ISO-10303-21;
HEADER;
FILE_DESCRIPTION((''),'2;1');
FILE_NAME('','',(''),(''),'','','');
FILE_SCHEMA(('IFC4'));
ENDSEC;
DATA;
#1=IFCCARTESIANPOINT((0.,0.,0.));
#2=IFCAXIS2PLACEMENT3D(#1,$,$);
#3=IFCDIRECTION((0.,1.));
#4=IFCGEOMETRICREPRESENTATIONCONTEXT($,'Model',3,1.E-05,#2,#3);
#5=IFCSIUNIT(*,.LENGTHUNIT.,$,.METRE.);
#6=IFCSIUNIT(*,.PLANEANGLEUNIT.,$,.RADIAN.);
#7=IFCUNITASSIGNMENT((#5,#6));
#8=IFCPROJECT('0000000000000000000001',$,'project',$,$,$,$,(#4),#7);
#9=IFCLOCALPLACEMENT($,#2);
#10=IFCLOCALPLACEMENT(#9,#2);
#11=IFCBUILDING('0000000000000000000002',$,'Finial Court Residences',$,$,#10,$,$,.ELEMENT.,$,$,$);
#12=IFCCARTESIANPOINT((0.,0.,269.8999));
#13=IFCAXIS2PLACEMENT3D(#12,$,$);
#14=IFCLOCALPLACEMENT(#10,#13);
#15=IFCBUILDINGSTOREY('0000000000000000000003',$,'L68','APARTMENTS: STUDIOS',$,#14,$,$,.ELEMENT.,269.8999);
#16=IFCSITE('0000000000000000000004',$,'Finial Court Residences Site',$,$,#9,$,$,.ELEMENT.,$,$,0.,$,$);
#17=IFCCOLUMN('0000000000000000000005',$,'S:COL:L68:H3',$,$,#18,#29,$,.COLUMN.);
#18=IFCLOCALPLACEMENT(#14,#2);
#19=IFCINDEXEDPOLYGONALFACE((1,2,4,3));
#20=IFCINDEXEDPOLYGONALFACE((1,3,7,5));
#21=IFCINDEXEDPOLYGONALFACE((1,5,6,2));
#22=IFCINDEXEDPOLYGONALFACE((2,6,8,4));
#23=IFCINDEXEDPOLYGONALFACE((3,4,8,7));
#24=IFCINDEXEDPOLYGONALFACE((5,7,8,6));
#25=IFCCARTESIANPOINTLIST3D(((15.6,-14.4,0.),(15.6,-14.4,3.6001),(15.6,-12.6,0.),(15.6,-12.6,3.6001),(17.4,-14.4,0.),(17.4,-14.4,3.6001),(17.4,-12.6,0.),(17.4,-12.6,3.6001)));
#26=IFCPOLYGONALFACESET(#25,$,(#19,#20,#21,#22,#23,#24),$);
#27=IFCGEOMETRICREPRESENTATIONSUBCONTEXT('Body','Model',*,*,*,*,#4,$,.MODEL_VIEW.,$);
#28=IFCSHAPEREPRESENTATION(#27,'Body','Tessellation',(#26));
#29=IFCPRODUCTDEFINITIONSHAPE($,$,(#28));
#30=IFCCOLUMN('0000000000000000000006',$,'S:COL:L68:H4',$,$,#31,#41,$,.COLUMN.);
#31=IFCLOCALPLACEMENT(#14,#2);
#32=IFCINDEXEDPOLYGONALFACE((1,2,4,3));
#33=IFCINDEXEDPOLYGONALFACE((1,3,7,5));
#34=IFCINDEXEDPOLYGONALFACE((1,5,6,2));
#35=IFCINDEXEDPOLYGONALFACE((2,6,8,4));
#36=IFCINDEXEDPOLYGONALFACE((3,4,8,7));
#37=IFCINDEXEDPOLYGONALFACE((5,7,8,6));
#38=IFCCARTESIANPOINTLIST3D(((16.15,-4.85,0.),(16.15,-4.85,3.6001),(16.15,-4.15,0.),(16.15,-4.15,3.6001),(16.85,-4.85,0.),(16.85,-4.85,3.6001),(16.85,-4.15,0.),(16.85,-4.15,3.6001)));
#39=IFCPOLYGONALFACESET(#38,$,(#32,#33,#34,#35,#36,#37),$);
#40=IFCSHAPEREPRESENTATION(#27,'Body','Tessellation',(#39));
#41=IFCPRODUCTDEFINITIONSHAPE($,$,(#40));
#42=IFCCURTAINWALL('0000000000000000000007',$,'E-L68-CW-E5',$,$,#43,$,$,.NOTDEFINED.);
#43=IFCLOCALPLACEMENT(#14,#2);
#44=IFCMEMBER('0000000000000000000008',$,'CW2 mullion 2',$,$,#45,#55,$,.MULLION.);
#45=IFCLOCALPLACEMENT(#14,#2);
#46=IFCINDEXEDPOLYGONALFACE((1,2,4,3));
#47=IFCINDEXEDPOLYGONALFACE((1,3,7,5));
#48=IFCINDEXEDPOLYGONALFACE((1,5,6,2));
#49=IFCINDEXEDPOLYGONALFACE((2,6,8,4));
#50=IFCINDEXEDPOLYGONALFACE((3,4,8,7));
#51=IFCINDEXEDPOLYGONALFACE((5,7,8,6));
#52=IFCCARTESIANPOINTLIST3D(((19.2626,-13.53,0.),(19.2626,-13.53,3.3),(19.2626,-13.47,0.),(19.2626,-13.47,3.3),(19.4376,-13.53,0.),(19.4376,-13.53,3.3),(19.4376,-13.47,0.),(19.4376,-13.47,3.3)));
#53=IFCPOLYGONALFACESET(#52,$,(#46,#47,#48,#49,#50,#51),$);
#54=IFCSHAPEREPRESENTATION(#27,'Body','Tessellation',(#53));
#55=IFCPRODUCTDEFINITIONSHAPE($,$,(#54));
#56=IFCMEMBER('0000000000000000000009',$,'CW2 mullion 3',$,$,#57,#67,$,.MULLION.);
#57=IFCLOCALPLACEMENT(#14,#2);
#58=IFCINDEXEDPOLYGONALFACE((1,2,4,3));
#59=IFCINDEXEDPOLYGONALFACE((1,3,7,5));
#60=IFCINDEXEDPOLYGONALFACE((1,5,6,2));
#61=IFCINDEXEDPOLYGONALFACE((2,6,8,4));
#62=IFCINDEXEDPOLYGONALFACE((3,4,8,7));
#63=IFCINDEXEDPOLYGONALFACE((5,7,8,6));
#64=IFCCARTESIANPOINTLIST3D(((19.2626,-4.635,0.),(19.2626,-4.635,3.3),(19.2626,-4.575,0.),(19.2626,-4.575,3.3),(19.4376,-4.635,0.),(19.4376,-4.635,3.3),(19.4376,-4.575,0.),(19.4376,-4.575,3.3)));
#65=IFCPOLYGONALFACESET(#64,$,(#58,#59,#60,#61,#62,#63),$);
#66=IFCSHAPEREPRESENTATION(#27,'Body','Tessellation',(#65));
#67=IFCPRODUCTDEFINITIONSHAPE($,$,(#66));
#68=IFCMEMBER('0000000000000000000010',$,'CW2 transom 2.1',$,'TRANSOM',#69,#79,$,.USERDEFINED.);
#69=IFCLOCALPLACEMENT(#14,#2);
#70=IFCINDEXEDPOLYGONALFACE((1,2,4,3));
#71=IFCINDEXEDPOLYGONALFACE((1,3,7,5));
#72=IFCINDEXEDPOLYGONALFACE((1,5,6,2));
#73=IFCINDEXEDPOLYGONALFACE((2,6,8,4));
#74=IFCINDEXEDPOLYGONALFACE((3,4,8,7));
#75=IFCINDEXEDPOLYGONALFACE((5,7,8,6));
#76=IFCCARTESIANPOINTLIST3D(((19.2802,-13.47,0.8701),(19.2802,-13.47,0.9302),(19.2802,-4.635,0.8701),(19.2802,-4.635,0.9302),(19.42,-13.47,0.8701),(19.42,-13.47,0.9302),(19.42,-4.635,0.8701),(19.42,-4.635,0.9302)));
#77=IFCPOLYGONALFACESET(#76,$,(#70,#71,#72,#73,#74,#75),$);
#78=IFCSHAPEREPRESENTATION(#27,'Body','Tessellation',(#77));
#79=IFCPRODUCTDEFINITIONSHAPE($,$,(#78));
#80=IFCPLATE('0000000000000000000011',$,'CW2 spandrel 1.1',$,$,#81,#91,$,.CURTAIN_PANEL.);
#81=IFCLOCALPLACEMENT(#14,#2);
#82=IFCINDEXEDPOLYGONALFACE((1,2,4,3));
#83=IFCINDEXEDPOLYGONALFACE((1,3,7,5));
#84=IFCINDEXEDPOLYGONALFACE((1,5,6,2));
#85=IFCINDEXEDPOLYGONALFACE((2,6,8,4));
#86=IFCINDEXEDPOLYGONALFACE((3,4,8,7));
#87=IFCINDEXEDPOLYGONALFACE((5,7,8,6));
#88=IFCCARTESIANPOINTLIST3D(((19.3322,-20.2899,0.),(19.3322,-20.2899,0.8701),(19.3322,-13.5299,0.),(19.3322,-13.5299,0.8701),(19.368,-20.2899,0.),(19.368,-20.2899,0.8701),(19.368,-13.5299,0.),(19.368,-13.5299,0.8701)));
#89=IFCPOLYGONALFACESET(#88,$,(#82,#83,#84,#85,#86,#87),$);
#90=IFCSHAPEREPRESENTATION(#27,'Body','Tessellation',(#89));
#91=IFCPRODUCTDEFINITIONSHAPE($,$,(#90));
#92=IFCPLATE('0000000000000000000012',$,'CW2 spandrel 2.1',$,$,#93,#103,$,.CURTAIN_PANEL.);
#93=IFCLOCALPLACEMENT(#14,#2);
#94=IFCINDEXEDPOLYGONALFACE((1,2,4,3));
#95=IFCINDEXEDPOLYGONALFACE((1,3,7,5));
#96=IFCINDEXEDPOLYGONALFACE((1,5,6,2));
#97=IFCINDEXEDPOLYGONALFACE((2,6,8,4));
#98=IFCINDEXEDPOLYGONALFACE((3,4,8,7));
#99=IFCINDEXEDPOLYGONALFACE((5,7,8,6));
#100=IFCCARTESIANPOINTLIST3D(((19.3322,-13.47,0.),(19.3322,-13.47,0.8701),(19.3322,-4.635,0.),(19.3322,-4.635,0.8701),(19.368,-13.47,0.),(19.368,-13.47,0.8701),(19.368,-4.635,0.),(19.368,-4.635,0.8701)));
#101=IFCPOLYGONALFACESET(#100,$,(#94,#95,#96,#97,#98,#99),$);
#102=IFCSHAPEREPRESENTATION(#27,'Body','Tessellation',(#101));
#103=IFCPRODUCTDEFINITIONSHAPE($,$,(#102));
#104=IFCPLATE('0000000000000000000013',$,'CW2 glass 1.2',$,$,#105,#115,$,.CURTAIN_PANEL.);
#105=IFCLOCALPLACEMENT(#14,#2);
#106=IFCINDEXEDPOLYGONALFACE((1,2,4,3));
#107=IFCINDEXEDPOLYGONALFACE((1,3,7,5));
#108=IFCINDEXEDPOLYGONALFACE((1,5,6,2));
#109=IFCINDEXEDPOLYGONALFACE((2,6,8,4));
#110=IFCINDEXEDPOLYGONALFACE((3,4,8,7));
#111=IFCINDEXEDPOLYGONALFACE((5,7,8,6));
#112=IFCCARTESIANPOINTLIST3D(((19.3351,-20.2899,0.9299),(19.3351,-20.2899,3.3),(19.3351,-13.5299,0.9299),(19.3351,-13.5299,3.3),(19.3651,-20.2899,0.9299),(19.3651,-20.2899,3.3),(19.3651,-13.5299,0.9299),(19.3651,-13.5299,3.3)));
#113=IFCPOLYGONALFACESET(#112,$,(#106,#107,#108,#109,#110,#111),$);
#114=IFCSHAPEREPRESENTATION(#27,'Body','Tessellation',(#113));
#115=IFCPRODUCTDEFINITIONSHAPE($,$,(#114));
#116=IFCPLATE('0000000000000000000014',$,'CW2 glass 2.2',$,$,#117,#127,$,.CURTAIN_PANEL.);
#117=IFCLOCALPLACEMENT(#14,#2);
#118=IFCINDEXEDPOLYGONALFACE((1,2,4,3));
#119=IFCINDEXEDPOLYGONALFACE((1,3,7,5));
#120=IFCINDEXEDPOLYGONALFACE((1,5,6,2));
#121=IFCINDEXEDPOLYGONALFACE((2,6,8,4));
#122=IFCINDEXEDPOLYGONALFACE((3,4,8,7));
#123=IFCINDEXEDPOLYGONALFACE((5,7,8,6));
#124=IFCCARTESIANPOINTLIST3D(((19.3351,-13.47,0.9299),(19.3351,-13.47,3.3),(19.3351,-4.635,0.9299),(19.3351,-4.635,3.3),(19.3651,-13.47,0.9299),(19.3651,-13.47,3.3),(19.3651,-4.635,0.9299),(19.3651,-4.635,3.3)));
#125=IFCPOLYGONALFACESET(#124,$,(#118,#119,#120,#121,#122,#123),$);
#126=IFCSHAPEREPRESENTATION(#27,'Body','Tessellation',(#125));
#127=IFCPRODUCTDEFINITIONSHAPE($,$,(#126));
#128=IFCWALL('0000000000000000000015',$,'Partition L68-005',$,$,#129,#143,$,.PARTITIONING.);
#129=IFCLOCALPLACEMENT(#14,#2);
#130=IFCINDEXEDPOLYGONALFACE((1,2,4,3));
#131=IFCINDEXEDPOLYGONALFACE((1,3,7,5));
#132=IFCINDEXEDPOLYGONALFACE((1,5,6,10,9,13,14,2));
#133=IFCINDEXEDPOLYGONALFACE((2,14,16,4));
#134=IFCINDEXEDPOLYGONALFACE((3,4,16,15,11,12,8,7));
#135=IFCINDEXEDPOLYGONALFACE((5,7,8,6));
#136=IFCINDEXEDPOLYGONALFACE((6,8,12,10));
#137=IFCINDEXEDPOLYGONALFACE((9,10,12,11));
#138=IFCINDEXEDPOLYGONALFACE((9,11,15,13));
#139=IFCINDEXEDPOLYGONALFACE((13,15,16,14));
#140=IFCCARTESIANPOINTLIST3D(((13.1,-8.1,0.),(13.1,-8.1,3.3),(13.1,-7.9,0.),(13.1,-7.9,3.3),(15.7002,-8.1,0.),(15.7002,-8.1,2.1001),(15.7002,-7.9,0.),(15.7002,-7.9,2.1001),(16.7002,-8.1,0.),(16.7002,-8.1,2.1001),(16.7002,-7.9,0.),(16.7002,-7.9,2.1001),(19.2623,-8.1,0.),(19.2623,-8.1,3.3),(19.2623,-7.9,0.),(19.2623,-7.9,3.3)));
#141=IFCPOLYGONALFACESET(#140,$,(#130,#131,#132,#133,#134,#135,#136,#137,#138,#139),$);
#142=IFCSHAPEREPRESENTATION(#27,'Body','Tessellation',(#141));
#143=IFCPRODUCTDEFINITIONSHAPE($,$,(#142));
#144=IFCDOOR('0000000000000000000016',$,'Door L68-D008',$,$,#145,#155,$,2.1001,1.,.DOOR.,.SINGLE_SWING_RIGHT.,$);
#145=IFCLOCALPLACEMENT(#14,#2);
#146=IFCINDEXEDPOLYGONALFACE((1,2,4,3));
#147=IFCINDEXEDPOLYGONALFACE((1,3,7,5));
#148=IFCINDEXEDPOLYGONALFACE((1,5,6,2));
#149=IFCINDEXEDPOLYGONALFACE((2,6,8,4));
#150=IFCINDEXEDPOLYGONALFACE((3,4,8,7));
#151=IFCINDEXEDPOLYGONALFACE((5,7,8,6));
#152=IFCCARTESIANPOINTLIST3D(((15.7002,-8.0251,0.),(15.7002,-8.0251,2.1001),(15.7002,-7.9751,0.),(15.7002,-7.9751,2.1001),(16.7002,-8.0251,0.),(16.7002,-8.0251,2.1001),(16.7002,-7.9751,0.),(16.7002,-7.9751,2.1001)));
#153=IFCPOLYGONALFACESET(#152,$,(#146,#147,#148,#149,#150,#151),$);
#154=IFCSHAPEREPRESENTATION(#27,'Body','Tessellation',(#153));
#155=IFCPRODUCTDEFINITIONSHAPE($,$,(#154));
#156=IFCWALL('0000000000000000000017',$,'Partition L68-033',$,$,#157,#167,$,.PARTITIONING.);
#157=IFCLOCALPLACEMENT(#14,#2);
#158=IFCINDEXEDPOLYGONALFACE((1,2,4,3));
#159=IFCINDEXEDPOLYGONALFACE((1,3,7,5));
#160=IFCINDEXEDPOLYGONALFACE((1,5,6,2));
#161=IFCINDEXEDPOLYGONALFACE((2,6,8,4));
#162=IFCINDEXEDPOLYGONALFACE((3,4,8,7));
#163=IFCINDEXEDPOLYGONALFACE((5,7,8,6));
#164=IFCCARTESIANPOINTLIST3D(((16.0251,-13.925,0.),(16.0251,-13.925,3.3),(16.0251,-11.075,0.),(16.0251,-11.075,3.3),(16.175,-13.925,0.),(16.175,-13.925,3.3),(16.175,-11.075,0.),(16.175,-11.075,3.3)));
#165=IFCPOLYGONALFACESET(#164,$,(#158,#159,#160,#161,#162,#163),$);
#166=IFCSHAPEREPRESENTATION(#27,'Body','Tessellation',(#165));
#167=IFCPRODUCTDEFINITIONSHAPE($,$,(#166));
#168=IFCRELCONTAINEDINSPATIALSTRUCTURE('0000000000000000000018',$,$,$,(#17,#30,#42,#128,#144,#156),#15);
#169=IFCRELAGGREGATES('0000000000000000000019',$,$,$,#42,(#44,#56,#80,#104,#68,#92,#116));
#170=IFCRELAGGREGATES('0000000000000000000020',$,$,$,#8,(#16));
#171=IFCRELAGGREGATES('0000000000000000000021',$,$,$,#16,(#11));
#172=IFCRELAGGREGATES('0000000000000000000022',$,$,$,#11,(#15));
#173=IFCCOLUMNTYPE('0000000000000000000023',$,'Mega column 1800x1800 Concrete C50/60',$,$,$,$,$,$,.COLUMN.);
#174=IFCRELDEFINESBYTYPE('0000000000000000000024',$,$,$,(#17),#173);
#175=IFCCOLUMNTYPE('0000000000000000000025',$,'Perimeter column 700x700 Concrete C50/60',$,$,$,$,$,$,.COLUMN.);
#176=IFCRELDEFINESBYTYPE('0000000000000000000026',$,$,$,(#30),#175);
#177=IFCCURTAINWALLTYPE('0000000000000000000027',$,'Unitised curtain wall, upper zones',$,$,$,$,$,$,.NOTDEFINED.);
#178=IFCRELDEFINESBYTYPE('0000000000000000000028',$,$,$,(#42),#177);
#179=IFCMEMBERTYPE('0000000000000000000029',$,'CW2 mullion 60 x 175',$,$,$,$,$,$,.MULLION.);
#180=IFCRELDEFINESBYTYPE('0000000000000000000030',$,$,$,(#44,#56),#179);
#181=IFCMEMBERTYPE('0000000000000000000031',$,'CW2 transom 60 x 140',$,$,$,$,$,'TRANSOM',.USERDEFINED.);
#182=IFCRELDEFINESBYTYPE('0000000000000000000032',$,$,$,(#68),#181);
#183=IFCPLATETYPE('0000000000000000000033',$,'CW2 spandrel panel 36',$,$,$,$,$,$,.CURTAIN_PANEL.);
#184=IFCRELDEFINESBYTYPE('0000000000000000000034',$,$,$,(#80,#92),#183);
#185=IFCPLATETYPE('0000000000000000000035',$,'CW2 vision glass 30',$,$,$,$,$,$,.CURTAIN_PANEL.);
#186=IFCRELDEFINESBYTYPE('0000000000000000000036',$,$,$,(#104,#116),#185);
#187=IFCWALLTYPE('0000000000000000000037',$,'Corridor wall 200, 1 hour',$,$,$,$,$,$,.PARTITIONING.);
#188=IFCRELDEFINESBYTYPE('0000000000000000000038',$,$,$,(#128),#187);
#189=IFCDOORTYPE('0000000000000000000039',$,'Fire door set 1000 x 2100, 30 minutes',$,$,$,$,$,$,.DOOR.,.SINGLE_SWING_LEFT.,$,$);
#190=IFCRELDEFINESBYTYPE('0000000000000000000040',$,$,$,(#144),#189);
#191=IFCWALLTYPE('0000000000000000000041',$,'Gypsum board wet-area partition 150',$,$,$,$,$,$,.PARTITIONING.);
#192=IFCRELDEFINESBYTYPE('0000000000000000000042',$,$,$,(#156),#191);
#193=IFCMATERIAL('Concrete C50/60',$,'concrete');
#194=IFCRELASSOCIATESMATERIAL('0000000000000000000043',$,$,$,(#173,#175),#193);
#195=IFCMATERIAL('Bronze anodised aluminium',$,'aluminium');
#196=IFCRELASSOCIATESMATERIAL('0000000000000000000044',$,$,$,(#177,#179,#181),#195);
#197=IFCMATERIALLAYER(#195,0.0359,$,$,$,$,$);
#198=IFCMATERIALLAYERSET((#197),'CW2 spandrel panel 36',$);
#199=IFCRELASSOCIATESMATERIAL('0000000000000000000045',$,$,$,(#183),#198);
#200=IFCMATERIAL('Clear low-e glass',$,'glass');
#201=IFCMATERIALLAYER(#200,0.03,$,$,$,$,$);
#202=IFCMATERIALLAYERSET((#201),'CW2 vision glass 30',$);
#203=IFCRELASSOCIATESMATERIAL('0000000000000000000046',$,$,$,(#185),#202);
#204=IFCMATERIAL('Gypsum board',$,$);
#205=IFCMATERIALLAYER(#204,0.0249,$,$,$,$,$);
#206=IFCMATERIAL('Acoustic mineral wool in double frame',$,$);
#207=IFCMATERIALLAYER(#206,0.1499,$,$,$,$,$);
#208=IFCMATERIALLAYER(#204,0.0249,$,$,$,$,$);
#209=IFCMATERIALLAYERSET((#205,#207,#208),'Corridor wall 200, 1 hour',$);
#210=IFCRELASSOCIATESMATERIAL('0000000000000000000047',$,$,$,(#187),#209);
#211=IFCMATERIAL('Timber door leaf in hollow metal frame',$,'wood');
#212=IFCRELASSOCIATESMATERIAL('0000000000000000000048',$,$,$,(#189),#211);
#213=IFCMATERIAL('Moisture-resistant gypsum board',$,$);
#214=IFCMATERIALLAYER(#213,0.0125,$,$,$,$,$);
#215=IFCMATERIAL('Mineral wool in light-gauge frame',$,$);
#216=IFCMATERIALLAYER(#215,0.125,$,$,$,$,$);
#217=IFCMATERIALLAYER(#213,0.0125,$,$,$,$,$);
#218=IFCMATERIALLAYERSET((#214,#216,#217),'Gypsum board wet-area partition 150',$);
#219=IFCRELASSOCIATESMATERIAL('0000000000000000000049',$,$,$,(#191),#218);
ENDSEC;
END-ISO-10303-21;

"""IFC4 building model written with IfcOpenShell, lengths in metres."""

from ifc_helpers import new_model, si_unit, direction, frame, frame_2d, origin, origin_2d, place, context, subcontext, project, spatial, rectangle, extrude, material, layer, layer_set, material_profile, profile_set, type_object, element, fill, aggregate, save


model = new_model("IFC4")

# Units and contexts
model_context = context("Model", 3, precision=1e-05, world=origin(), true_north=direction((0.0, 1.0)))
body_context = subcontext(model_context, "Body", "Model", "MODEL_VIEW")
ifc_project = project(units=[si_unit("LENGTHUNIT", "METRE"), si_unit("PLANEANGLEUNIT", "RADIAN")], contexts=[model_context])

# Site, building, storey
site_placement = place(None, origin())
site = spatial("IfcSite", under=ifc_project, at=site_placement, Name="Finial Court Residences Site", CompositionType="ELEMENT", RefElevation=0.0)
building_placement = place(site_placement, origin())
building = spatial("IfcBuilding", under=site, at=building_placement, Name="Finial Court Residences", CompositionType="ELEMENT")
storey_placement = place(building_placement, frame((0.0, 0.0, 269.8999)))
storey = spatial("IfcBuildingStorey", under=building, at=storey_placement, Name="L68", Description="APARTMENTS: STUDIOS", CompositionType="ELEMENT", Elevation=269.8999)

# Columns
ifc_material_1 = material(Name="Concrete C50/60", Category="concrete")
ifc_material_profile_1 = material_profile(ifc_material_1, rectangle(XDim=1.8, YDim=1.8, at=origin_2d()), Name="1800x1800")
ifc_profile_set_1 = profile_set([ifc_material_profile_1], Name="Concrete C50/60")
column_type_1 = type_object("IfcColumnType", Name="Mega column 1800x1800 Concrete C50/60", PredefinedType="COLUMN", material=ifc_profile_set_1)
column_1_placement = place(storey_placement, frame((16.5, -13.5, 0.0), z_axis=(0.0, 0.0, 1.0), x_axis=(1.0, 0.0, 0.0)))
element("IfcColumn", 1, at=column_1_placement, inside=storey, type_object=column_type_1, Name="S:COL:L68:H3", PredefinedType="COLUMN", context=body_context, shape_type="SweptSolid", body=[
    extrude(rectangle(XDim=1.8, YDim=1.8, at=origin_2d()), origin(), (0.0, 0.0, 1.0), 3.6001),
])
ifc_material_profile_2 = material_profile(ifc_material_1, rectangle(XDim=0.7, YDim=0.7, at=origin_2d()), Name="700x700")
ifc_profile_set_2 = profile_set([ifc_material_profile_2], Name="Concrete C50/60")
column_type_2 = type_object("IfcColumnType", Name="Perimeter column 700x700 Concrete C50/60", PredefinedType="COLUMN", material=ifc_profile_set_2)
column_2_placement = place(storey_placement, frame((16.5, -4.5, 0.0), z_axis=(0.0, 0.0, 1.0), x_axis=(1.0, 0.0, 0.0)))
element("IfcColumn", 2, at=column_2_placement, inside=storey, type_object=column_type_2, Name="S:COL:L68:H4", PredefinedType="COLUMN", context=body_context, shape_type="SweptSolid", body=[
    extrude(rectangle(XDim=0.7, YDim=0.7, at=origin_2d()), origin(), (0.0, 0.0, 1.0), 3.6001),
])

# Curtain wall, members, plates
ifc_material_2 = material(Name="Bronze anodised aluminium", Category="aluminium")
curtain_wall_type = type_object("IfcCurtainWallType", Name="Unitised curtain wall, upper zones", PredefinedType="NOTDEFINED", material=ifc_material_2)
curtain_wall_placement = place(storey_placement, origin())
curtain_wall = element("IfcCurtainWall", 3, at=curtain_wall_placement, inside=storey, type_object=curtain_wall_type, Name="E-L68-CW-E5", PredefinedType="NOTDEFINED")
ifc_material_profile_3 = material_profile(ifc_material_2, rectangle(XDim=0.175, YDim=0.0601, at=origin_2d()), Name="CW2 mullion 60 x 175")
ifc_profile_set_3 = profile_set([ifc_material_profile_3], Name="Bronze anodised aluminium")
member_type_1 = type_object("IfcMemberType", Name="CW2 mullion 60 x 175", PredefinedType="MULLION", material=ifc_profile_set_3)
member_1_placement = place(storey_placement, frame((19.3501, -13.5, 0.0), z_axis=(0.0, 0.0, 1.0), x_axis=(-1.0, 0.0, 0.0)))
member_1 = element("IfcMember", 4, at=member_1_placement, type_object=member_type_1, Name="CW2 mullion 2", PredefinedType="MULLION", context=body_context, shape_type="SweptSolid", body=[
    extrude(rectangle(XDim=0.175, YDim=0.0601, at=origin_2d()), origin(), (0.0, 0.0, 1.0), 3.3),
])
member_2_placement = place(storey_placement, frame((19.3501, -4.605, 0.0), z_axis=(0.0, 0.0, 1.0), x_axis=(-1.0, 0.0, 0.0)))
member_2 = element("IfcMember", 5, at=member_2_placement, type_object=member_type_1, Name="CW2 mullion 3", PredefinedType="MULLION", context=body_context, shape_type="SweptSolid", body=[
    extrude(rectangle(XDim=0.175, YDim=0.0601, at=origin_2d()), origin(), (0.0, 0.0, 1.0), 3.3),
])
ifc_material_profile_4 = material_profile(ifc_material_2, rectangle(XDim=0.1399, YDim=0.0601, at=origin_2d()), Name="CW2 transom 60 x 140")
ifc_profile_set_4 = profile_set([ifc_material_profile_4], Name="Bronze anodised aluminium")
member_type_2 = type_object("IfcMemberType", Name="CW2 transom 60 x 140", ElementType="TRANSOM", PredefinedType="USERDEFINED", material=ifc_profile_set_4)
member_3_placement = place(storey_placement, frame((19.3501, -13.47, 0.9001), z_axis=(0.0, 1.0, 0.0), x_axis=(-1.0, 0.0, 0.0)))
member_3 = element("IfcMember", 6, at=member_3_placement, type_object=member_type_2, Name="CW2 transom 2.1", ObjectType="TRANSOM", PredefinedType="USERDEFINED", context=body_context, shape_type="SweptSolid", body=[
    extrude(rectangle(XDim=0.1399, YDim=0.0601, at=origin_2d()), origin(), (0.0, 0.0, 1.0), 8.835),
])
ifc_layer_1 = layer(ifc_material_2, 0.0359)
ifc_layer_set_1 = layer_set([ifc_layer_1], Name="CW2 spandrel panel 36")
plate_type_1 = type_object("IfcPlateType", Name="CW2 spandrel panel 36", PredefinedType="CURTAIN_PANEL", material=ifc_layer_set_1)
plate_1_placement = place(storey_placement, frame((19.3501, -16.9099, 0.0), z_axis=(0.0, 0.0, 1.0), x_axis=(0.0, 1.0, 0.0)))
plate_1 = element("IfcPlate", 7, at=plate_1_placement, type_object=plate_type_1, Name="CW2 spandrel 1.1", PredefinedType="CURTAIN_PANEL", context=body_context, shape_type="SweptSolid", body=[
    extrude(rectangle(XDim=6.76, YDim=0.0359, at=origin_2d()), origin(), (0.0, 0.0, 1.0), 0.8701),
])
plate_2_placement = place(storey_placement, frame((19.3501, -9.0525, 0.0), z_axis=(0.0, 0.0, 1.0), x_axis=(0.0, 1.0, 0.0)))
plate_2 = element("IfcPlate", 8, at=plate_2_placement, type_object=plate_type_1, Name="CW2 spandrel 2.1", PredefinedType="CURTAIN_PANEL", context=body_context, shape_type="SweptSolid", body=[
    extrude(rectangle(XDim=8.835, YDim=0.0359, at=origin_2d()), origin(), (0.0, 0.0, 1.0), 0.8701),
])
ifc_material_3 = material(Name="Clear low-e glass", Category="glass")
ifc_layer_2 = layer(ifc_material_3, 0.03)
ifc_layer_set_2 = layer_set([ifc_layer_2], Name="CW2 vision glass 30")
plate_type_2 = type_object("IfcPlateType", Name="CW2 vision glass 30", PredefinedType="CURTAIN_PANEL", material=ifc_layer_set_2)
plate_3_placement = place(storey_placement, frame((19.3501, -16.9099, 0.9299), z_axis=(0.0, 0.0, 1.0), x_axis=(0.0, 1.0, 0.0)))
plate_3 = element("IfcPlate", 9, at=plate_3_placement, type_object=plate_type_2, Name="CW2 glass 1.2", PredefinedType="CURTAIN_PANEL", context=body_context, shape_type="SweptSolid", body=[
    extrude(rectangle(XDim=6.76, YDim=0.03, at=origin_2d()), origin(), (0.0, 0.0, 1.0), 2.3701),
])
plate_4_placement = place(storey_placement, frame((19.3501, -9.0525, 0.9299), z_axis=(0.0, 0.0, 1.0), x_axis=(0.0, 1.0, 0.0)))
plate_4 = element("IfcPlate", 10, at=plate_4_placement, type_object=plate_type_2, Name="CW2 glass 2.2", PredefinedType="CURTAIN_PANEL", context=body_context, shape_type="SweptSolid", body=[
    extrude(rectangle(XDim=8.835, YDim=0.03, at=origin_2d()), origin(), (0.0, 0.0, 1.0), 2.3701),
])
aggregate(curtain_wall, [member_1, member_2, plate_1, plate_3, member_3, plate_2, plate_4])

# Wall, opening, door
ifc_material_4 = material(Name="Gypsum board")
ifc_layer_3 = layer(ifc_material_4, 0.0249)
ifc_material_5 = material(Name="Acoustic mineral wool in double frame")
ifc_layer_4 = layer(ifc_material_5, 0.1499)
ifc_layer_5 = layer(ifc_material_4, 0.0249)
ifc_layer_set_3 = layer_set([ifc_layer_3, ifc_layer_4, ifc_layer_5], Name="Corridor wall 200, 1 hour")
wall_type_1 = type_object("IfcWallType", Name="Corridor wall 200, 1 hour", PredefinedType="PARTITIONING", material=ifc_layer_set_3)
wall_1_placement = place(storey_placement, frame((13.1001, -8.0, 0.0), z_axis=(0.0, 0.0, 1.0), x_axis=(1.0, 0.0, 0.0)))
wall_1 = element("IfcWall", 11, at=wall_1_placement, inside=storey, type_object=wall_type_1, Name="Partition L68-005", PredefinedType="PARTITIONING", context=body_context, shape_type="SweptSolid", body=[
    extrude(rectangle(XDim=6.1624, YDim=0.2, at=frame_2d((3.0811, 0.0))), origin(), (0.0, 0.0, 1.0), 3.3),
])
opening_placement = place(wall_1_placement, frame((2.6001, 0.0, 0.0)))
opening = element("IfcOpeningElement", 12, at=opening_placement, cuts=wall_1, PredefinedType="OPENING", context=body_context, shape_type="SweptSolid", body=[
    extrude(rectangle(XDim=1.0, YDim=2.1001, at=frame_2d((0.5, 1.05))), frame((0.0, 0.1099, 0.0), z_axis=(0.0, -1.0, 0.0), x_axis=(1.0, 0.0, 0.0)), (0.0, 0.0, 1.0), 0.22),
])
ifc_material_6 = material(Name="Timber door leaf in hollow metal frame", Category="wood")
door_type = type_object("IfcDoorType", Name="Fire door set 1000 x 2100, 30 minutes", OperationType="SINGLE_SWING_LEFT", PredefinedType="DOOR", material=ifc_material_6)
door_placement = place(opening_placement, origin())
door = element("IfcDoor", 13, at=door_placement, inside=storey, type_object=door_type, Name="Door L68-D008", OperationType="SINGLE_SWING_RIGHT", OverallHeight=2.1001, OverallWidth=1.0, PredefinedType="DOOR", context=body_context, shape_type="SweptSolid", body=[
    extrude(rectangle(XDim=1.0, YDim=2.1001, at=frame_2d((0.5, 1.05))), frame((0.0, 0.0249, 0.0), z_axis=(0.0, -1.0, 0.0), x_axis=(1.0, 0.0, 0.0)), (0.0, 0.0, 1.0), 0.05),
])
fill(opening, door)

# Wall
ifc_material_7 = material(Name="Moisture-resistant gypsum board")
ifc_layer_6 = layer(ifc_material_7, 0.0125)
ifc_material_8 = material(Name="Mineral wool in light-gauge frame")
ifc_layer_7 = layer(ifc_material_8, 0.125)
ifc_layer_8 = layer(ifc_material_7, 0.0125)
ifc_layer_set_4 = layer_set([ifc_layer_6, ifc_layer_7, ifc_layer_8], Name="Gypsum board wet-area partition 150")
wall_type_2 = type_object("IfcWallType", Name="Gypsum board wet-area partition 150", PredefinedType="PARTITIONING", material=ifc_layer_set_4)
wall_2_placement = place(storey_placement, frame((16.1001, -13.925, 0.0), z_axis=(0.0, 0.0, 1.0), x_axis=(0.0, 1.0, 0.0)))
element("IfcWall", 14, at=wall_2_placement, inside=storey, type_object=wall_type_2, Name="Partition L68-033", PredefinedType="PARTITIONING", context=body_context, shape_type="SweptSolid", body=[
    extrude(rectangle(XDim=2.8501, YDim=0.1499, at=frame_2d((1.425, 0.0))), origin(), (0.0, 0.0, 1.0), 3.3),
])

save(model, "model.ifc")
